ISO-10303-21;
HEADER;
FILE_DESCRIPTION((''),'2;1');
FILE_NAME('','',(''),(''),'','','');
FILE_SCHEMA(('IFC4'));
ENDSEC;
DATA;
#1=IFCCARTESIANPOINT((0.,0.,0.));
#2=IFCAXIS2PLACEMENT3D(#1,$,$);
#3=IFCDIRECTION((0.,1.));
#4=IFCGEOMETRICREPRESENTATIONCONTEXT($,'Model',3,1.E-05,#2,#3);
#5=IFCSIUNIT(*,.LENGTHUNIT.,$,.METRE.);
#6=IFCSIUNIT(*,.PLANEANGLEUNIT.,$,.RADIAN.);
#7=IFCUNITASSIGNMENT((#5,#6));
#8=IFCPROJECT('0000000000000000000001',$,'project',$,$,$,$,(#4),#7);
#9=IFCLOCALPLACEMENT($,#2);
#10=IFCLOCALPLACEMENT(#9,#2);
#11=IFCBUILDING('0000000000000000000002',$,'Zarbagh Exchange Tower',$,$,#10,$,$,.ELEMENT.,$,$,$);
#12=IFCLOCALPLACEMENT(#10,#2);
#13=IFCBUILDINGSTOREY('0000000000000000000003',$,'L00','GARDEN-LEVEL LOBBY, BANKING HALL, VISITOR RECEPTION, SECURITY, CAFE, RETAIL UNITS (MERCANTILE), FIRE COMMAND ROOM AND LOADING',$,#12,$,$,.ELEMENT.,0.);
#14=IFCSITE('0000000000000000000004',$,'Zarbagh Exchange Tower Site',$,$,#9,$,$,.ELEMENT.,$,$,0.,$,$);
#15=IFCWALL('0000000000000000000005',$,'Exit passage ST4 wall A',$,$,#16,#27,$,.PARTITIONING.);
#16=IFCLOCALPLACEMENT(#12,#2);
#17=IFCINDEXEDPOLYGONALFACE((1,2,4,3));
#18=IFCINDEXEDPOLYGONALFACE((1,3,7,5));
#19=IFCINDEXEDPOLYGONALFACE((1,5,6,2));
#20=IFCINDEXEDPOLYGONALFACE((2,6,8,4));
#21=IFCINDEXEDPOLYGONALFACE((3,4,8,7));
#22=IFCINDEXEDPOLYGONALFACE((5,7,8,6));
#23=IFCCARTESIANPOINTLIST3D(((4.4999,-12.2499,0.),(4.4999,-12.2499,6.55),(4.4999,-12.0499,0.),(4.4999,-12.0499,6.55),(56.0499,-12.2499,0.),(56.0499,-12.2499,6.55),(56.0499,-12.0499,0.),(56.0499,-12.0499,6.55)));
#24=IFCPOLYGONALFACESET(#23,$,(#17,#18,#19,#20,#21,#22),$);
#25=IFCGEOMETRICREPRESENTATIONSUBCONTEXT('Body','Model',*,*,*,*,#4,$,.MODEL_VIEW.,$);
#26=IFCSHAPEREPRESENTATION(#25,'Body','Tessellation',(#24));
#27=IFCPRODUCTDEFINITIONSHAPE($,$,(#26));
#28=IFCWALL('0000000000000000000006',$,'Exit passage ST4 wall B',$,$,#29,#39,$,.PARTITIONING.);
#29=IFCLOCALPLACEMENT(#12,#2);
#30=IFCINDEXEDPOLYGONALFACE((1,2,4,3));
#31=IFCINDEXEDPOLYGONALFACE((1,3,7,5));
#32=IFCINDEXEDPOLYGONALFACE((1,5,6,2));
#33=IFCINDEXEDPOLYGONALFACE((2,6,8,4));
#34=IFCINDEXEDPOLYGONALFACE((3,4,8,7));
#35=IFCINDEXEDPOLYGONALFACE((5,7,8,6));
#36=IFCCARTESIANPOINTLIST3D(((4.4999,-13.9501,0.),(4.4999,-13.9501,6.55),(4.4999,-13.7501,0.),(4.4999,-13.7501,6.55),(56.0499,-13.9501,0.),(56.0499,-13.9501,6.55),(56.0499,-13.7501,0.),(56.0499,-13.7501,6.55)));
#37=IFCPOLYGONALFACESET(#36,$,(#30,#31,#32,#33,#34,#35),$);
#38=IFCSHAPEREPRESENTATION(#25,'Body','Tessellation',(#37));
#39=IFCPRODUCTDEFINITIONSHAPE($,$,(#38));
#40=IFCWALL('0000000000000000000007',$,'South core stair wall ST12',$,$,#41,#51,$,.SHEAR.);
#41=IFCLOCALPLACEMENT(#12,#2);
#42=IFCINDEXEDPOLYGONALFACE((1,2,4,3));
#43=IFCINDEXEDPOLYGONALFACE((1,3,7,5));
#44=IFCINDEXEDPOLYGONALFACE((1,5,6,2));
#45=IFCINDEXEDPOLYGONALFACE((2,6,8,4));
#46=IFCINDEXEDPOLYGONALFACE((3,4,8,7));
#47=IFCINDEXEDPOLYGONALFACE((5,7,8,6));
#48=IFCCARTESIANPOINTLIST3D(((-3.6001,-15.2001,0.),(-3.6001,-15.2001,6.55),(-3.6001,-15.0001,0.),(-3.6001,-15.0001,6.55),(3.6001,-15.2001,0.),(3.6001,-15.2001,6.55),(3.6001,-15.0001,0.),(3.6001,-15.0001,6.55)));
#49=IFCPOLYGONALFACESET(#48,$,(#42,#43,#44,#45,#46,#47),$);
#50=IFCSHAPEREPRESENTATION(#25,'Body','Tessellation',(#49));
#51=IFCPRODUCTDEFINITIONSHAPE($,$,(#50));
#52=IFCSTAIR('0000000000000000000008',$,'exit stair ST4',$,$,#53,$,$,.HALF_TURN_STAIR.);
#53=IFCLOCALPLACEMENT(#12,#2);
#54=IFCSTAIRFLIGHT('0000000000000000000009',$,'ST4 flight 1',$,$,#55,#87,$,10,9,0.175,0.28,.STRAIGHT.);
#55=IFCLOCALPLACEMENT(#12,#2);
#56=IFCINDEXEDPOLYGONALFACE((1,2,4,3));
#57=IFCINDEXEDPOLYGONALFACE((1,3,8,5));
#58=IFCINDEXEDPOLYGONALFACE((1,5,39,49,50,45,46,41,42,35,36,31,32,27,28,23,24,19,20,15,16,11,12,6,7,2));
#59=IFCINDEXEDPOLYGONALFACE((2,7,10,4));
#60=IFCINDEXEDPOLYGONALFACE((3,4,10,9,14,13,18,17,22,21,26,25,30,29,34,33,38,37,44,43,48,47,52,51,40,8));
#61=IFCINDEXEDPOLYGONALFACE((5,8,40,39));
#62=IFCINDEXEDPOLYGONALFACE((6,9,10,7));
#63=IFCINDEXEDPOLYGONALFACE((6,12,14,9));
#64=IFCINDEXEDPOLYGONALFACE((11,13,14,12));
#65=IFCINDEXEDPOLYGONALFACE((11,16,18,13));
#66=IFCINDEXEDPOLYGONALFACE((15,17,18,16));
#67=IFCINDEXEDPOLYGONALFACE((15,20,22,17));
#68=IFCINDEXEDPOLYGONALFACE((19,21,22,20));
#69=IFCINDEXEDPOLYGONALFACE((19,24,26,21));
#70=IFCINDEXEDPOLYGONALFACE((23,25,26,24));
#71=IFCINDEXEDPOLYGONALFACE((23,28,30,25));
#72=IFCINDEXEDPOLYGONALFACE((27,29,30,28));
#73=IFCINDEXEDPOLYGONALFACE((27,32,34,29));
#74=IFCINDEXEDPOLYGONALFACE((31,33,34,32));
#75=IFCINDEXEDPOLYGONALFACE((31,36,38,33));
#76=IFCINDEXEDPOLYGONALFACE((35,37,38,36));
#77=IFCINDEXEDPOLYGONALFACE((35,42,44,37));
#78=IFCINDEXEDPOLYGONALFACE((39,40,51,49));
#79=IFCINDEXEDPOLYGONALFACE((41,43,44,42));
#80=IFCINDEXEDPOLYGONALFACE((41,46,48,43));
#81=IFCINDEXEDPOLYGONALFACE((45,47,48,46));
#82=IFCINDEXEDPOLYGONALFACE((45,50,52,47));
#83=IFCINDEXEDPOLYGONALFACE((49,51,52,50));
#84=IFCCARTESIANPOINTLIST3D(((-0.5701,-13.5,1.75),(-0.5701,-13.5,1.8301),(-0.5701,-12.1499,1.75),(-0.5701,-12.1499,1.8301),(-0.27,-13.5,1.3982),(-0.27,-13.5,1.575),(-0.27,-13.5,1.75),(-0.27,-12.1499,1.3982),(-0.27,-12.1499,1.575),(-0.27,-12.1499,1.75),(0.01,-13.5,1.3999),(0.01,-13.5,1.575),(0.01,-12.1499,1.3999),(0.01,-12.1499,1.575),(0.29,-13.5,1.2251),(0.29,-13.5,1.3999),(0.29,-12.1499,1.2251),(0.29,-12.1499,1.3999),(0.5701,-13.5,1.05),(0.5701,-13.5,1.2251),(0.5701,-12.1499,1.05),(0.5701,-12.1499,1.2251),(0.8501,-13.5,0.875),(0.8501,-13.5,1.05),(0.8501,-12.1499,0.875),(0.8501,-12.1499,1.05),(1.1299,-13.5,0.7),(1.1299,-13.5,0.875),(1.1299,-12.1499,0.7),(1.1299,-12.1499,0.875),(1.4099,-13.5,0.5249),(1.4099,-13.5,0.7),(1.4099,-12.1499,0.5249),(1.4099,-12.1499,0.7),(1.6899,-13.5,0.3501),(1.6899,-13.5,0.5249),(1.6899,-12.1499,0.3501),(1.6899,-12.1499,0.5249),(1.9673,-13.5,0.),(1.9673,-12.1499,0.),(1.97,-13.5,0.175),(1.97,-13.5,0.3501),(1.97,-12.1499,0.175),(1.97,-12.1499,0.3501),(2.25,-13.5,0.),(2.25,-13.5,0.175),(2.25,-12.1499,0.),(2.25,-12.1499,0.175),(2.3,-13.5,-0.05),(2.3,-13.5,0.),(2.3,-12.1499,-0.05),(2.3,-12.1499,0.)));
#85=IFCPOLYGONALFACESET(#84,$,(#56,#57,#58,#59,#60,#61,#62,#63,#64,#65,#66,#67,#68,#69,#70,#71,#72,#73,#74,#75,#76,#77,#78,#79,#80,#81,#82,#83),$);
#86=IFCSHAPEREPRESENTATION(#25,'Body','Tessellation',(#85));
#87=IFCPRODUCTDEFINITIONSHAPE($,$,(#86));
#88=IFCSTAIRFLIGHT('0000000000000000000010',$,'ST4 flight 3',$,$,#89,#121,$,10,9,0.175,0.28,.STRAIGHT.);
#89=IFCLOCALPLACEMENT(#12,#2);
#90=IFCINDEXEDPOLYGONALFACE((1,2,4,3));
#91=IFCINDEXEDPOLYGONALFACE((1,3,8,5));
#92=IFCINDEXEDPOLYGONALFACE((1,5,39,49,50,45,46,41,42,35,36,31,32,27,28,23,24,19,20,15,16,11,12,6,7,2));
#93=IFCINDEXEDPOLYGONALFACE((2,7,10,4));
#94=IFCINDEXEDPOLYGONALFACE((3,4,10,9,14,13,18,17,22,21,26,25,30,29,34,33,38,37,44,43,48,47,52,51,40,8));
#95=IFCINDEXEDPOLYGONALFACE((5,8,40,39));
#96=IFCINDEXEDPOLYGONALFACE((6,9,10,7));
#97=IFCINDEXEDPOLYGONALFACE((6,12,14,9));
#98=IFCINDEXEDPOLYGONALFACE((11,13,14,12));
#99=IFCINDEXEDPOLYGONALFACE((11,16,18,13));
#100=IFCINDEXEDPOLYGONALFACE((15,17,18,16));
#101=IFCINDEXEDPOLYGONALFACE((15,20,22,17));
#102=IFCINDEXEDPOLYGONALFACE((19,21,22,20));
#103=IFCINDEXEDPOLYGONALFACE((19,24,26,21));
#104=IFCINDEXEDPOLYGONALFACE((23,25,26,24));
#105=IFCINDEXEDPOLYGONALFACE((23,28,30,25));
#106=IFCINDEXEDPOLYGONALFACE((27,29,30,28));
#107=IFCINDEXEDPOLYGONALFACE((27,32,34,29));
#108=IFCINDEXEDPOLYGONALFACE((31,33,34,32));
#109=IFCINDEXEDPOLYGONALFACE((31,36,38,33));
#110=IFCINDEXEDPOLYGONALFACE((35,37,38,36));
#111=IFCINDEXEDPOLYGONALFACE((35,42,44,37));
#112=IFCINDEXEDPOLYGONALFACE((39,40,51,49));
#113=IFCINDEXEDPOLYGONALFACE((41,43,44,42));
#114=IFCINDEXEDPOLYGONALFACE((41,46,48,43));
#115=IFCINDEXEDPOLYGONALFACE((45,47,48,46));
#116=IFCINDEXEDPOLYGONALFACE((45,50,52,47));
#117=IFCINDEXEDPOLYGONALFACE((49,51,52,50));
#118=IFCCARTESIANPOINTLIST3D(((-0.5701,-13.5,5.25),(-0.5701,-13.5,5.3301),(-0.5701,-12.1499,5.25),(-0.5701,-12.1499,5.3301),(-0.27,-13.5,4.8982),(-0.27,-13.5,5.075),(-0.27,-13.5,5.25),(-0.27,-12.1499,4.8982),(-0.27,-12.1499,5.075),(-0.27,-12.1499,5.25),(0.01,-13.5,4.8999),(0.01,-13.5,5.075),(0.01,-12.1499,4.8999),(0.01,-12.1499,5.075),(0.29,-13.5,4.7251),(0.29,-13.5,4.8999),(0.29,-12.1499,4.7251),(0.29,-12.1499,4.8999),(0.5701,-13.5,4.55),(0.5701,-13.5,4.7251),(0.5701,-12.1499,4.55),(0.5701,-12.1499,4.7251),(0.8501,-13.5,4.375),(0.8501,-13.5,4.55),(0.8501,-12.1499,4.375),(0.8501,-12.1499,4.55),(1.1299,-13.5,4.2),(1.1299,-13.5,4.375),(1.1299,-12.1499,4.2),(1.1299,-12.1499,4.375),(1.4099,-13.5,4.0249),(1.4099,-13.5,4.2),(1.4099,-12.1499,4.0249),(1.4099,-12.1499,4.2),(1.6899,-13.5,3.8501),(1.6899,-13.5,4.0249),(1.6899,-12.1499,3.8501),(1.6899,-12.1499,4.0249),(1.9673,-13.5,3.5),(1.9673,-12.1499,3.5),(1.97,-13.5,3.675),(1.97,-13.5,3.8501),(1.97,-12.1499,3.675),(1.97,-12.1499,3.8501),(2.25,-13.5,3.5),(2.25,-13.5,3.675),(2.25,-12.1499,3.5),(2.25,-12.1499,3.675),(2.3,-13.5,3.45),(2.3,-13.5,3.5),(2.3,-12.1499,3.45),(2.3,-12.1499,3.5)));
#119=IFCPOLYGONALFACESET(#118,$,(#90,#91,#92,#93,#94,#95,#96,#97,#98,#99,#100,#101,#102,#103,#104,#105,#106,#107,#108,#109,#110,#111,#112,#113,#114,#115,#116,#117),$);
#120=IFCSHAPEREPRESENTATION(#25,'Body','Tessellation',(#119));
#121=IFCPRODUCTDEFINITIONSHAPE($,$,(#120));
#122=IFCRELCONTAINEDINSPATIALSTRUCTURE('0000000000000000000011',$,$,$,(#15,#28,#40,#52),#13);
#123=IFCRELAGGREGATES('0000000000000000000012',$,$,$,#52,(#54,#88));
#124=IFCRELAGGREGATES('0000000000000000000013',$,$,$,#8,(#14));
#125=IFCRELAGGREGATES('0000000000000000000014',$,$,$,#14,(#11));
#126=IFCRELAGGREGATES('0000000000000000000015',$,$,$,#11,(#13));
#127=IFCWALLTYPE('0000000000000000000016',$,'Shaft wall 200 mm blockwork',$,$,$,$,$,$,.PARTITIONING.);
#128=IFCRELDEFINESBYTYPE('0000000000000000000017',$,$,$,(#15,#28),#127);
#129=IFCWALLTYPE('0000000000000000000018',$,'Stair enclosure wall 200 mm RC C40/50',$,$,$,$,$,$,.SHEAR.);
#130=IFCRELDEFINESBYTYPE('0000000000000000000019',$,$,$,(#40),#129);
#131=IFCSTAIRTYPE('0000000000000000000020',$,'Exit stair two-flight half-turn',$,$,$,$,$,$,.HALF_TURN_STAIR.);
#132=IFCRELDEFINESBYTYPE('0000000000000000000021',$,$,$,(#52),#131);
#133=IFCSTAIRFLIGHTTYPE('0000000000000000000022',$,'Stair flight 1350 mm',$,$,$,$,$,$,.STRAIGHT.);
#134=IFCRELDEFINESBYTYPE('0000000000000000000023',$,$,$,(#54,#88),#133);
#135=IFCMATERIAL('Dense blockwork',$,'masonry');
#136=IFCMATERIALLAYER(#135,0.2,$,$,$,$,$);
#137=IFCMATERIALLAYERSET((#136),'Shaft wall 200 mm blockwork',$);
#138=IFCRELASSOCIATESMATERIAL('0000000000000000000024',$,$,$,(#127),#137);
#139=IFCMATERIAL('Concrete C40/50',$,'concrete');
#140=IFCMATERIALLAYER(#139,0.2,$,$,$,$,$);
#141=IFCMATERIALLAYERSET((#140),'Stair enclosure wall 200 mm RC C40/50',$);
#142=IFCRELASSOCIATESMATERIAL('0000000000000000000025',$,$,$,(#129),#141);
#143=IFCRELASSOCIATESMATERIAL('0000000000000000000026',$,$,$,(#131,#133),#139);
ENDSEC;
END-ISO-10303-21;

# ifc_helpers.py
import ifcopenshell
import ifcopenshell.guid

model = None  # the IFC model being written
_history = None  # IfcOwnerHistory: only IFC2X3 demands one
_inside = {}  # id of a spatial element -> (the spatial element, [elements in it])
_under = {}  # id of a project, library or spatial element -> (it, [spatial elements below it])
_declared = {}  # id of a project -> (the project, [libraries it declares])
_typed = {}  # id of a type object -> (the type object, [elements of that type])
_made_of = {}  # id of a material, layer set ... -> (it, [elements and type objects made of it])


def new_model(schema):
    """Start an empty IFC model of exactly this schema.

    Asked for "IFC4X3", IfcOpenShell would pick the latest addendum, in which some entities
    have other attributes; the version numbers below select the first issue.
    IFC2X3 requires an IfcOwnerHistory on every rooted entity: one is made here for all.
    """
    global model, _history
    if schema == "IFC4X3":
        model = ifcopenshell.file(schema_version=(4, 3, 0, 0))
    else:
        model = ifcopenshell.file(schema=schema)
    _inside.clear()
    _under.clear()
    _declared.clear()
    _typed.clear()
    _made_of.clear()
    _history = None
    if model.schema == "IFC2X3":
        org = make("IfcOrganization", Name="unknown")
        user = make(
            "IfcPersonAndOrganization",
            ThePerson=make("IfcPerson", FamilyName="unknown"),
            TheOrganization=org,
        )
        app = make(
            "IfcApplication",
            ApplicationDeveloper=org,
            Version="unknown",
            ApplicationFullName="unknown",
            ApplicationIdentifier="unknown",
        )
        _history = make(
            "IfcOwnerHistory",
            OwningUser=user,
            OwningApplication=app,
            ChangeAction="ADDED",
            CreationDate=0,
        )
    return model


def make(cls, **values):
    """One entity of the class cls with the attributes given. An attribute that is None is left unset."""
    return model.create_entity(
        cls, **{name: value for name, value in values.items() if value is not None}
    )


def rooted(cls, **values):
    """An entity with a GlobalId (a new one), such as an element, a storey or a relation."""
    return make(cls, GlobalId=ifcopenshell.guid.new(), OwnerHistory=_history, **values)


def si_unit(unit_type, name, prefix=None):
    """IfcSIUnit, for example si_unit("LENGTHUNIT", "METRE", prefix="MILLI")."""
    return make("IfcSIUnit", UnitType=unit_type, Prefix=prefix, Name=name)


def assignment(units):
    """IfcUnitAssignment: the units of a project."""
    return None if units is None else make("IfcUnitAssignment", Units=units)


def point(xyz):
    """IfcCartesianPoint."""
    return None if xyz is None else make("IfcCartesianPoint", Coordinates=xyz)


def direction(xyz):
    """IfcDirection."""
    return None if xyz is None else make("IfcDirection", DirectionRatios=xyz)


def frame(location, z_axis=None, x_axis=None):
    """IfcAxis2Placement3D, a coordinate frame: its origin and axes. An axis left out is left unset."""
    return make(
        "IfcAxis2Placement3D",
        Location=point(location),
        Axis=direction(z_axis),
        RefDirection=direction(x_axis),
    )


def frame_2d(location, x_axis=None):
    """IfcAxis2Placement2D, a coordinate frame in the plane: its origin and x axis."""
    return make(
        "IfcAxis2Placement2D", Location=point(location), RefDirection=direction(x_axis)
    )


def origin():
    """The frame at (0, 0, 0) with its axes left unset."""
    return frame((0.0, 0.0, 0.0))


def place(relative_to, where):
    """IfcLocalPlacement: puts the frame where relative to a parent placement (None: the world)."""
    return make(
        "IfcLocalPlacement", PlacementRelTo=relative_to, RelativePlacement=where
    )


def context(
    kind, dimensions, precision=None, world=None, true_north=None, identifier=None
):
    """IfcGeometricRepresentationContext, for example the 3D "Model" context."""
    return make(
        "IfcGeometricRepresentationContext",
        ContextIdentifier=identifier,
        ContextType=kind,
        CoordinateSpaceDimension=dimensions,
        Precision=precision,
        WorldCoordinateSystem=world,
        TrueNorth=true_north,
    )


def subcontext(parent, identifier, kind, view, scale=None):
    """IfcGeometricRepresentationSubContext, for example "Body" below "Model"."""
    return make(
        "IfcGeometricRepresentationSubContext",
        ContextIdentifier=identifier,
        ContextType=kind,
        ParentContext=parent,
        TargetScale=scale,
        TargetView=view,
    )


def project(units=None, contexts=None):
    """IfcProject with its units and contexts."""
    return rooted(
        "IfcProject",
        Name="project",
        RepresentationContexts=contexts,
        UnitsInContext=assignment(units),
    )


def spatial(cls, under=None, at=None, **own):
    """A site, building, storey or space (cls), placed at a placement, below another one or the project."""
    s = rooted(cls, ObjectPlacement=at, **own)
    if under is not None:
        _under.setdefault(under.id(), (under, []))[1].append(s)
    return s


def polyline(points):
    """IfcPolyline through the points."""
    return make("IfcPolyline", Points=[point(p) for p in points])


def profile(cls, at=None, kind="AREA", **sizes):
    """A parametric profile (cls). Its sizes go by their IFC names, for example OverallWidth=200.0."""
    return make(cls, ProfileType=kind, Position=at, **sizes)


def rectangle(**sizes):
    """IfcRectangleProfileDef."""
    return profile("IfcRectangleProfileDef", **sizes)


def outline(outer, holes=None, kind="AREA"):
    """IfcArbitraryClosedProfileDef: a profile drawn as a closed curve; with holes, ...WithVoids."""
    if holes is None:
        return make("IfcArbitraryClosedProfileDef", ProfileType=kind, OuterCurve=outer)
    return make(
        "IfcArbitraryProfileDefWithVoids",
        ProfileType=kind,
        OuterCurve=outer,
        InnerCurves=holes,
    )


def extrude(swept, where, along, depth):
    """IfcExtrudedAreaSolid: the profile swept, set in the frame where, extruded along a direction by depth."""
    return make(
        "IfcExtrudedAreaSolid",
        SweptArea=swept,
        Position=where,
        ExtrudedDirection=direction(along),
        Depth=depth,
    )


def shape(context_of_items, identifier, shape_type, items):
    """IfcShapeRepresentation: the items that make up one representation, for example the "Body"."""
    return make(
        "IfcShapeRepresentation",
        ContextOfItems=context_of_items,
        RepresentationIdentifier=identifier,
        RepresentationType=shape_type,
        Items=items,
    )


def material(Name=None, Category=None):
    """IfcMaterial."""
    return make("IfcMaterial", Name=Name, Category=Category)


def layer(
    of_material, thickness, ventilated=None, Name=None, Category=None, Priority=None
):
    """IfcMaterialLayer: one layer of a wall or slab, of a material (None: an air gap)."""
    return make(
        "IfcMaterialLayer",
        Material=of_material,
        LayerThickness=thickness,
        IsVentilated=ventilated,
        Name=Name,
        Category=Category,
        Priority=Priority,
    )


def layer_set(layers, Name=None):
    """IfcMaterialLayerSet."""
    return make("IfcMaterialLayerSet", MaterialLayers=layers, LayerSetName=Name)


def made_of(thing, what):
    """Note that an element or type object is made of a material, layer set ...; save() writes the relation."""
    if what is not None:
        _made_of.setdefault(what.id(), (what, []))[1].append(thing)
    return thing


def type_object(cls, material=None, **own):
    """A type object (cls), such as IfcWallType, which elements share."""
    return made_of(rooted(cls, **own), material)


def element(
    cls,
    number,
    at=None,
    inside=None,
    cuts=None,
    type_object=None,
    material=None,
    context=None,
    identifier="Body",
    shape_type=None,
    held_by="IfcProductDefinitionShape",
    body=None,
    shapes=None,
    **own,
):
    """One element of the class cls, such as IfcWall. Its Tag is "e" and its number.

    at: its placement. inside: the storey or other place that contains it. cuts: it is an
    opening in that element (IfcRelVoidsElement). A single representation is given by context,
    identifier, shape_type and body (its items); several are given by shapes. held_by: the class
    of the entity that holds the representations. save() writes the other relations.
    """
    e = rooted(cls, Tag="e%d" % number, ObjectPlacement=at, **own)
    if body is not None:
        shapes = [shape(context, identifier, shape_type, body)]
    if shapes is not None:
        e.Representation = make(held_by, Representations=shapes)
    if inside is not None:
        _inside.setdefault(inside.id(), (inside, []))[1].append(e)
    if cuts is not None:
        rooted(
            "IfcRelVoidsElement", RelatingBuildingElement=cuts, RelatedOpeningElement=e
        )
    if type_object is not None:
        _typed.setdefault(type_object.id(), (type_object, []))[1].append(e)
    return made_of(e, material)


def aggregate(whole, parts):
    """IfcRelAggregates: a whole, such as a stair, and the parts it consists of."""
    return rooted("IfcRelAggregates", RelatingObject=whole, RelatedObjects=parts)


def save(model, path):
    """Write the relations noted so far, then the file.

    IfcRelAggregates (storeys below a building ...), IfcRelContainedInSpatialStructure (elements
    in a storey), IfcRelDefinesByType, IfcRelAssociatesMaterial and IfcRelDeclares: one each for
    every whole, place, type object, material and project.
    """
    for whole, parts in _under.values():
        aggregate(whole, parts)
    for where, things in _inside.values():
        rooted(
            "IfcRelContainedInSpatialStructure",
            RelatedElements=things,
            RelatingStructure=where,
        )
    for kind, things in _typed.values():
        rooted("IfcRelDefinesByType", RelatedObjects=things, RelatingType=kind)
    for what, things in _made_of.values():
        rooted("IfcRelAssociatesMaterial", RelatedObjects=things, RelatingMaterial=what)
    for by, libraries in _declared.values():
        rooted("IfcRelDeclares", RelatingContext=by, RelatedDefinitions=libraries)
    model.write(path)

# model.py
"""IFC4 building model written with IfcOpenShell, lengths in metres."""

from ifc_helpers import new_model, si_unit, direction, frame, frame_2d, origin, place, context, subcontext, project, spatial, polyline, rectangle, outline, extrude, material, layer, layer_set, type_object, element, aggregate, save


model = new_model("IFC4")

# Units and contexts
model_context = context("Model", 3, precision=1e-05, world=origin(), true_north=direction((0.0, 1.0)))
body_context = subcontext(model_context, "Body", "Model", "MODEL_VIEW")
ifc_project = project(units=[si_unit("LENGTHUNIT", "METRE"), si_unit("PLANEANGLEUNIT", "RADIAN")], contexts=[model_context])

# Site, building, storey
site_placement = place(None, origin())
site = spatial("IfcSite", under=ifc_project, at=site_placement, Name="Zarbagh Exchange Tower Site", CompositionType="ELEMENT", RefElevation=0.0)
building_placement = place(site_placement, origin())
building = spatial("IfcBuilding", under=site, at=building_placement, Name="Zarbagh Exchange Tower", CompositionType="ELEMENT")
storey_placement = place(building_placement, origin())
storey = spatial("IfcBuildingStorey", under=building, at=storey_placement, Name="L00", Description="GARDEN-LEVEL LOBBY, BANKING HALL, VISITOR RECEPTION, SECURITY, CAFE, RETAIL UNITS (MERCANTILE), FIRE COMMAND ROOM AND LOADING", CompositionType="ELEMENT", Elevation=0.0)

# Walls
ifc_material_1 = material(Name="Dense blockwork", Category="masonry")
ifc_layer_1 = layer(ifc_material_1, 0.2)
ifc_layer_set_1 = layer_set([ifc_layer_1], Name="Shaft wall 200 mm blockwork")
wall_type_1 = type_object("IfcWallType", Name="Shaft wall 200 mm blockwork", PredefinedType="PARTITIONING", material=ifc_layer_set_1)
for number, where, z_axis, x_axis, name in (
    (1, (4.5, -12.1499, 0.0), (0.0, 0.0, 1.0), (1.0, 0.0, 0.0), "Exit passage ST4 wall A"),
    (2, (4.5, -13.8501, 0.0), (0.0, 0.0, 1.0), (1.0, 0.0, 0.0), "Exit passage ST4 wall B"),
):
    element("IfcWall", number, at=place(storey_placement, frame(where, z_axis=z_axis, x_axis=x_axis)), inside=storey, type_object=wall_type_1, Name=name, PredefinedType="PARTITIONING", context=body_context, shape_type="SweptSolid", body=[
        extrude(rectangle(XDim=51.55, YDim=0.2, at=frame_2d((25.7749, 0.0))), origin(), (0.0, 0.0, 1.0), 6.55),
    ])
ifc_material_2 = material(Name="Concrete C40/50", Category="concrete")
ifc_layer_2 = layer(ifc_material_2, 0.2)
ifc_layer_set_2 = layer_set([ifc_layer_2], Name="Stair enclosure wall 200 mm RC C40/50")
wall_type_2 = type_object("IfcWallType", Name="Stair enclosure wall 200 mm RC C40/50", PredefinedType="SHEAR", material=ifc_layer_set_2)
wall_1_placement = place(storey_placement, frame((3.6001, -15.1001, 0.0), z_axis=(0.0, 0.0, 1.0), x_axis=(-1.0, 0.0, 0.0)))
element("IfcWall", 3, at=wall_1_placement, inside=storey, type_object=wall_type_2, Name="South core stair wall ST12", PredefinedType="SHEAR", context=body_context, shape_type="SweptSolid", body=[
    extrude(rectangle(XDim=7.2002, YDim=0.2, at=frame_2d((3.6001, 0.0))), origin(), (0.0, 0.0, 1.0), 6.55),
])

# Stair, stair flights
stair_type = type_object("IfcStairType", Name="Exit stair two-flight half-turn", PredefinedType="HALF_TURN_STAIR", material=ifc_material_2)
stair_placement = place(storey_placement, origin())
stair = element("IfcStair", 4, at=stair_placement, inside=storey, type_object=stair_type, Name="exit stair ST4", PredefinedType="HALF_TURN_STAIR")
stair_flight_type = type_object("IfcStairFlightType", Name="Stair flight 1350 mm", PredefinedType="STRAIGHT", material=ifc_material_2)
stair_flight_1_placement = place(storey_placement, frame((2.25, -12.825, 0.0), z_axis=(0.0, 0.0, 1.0), x_axis=(-1.0, 0.0, 0.0)))
stair_flight_1 = element("IfcStairFlight", 5, at=stair_flight_1_placement, type_object=stair_flight_type, Name="ST4 flight 1", NumberOfRisers=10, NumberOfTreads=9, PredefinedType="STRAIGHT", RiserHeight=0.175, TreadLength=0.28, context=body_context, shape_type="SweptSolid", body=[
    extrude(outline(polyline([(-0.05, -0.05), (-0.05, 0.0), (0.0, 0.0), (0.0, 0.175), (0.28, 0.175), (0.28, 0.3501), (0.5601, 0.3501), (0.5601, 0.5249), (0.8401, 0.5249), (0.8401, 0.7), (1.1201, 0.7), (1.1201, 0.875), (1.3999, 0.875), (1.3999, 1.05), (1.6799, 1.05), (1.6799, 1.2251), (1.96, 1.2251), (1.96, 1.3999), (2.24, 1.3999), (2.24, 1.575), (2.52, 1.575), (2.52, 1.75), (2.8201, 1.8301), (2.8201, 1.75), (2.52, 1.3982), (0.2827, 0.0), (-0.05, -0.05)])), frame((0.0, 0.675, 0.0), z_axis=(0.0, -1.0, 0.0), x_axis=(1.0, 0.0, 0.0)), (0.0, 0.0, 1.0), 1.3501),
])
stair_flight_2_placement = place(storey_placement, frame((2.25, -12.825, 3.5), z_axis=(0.0, 0.0, 1.0), x_axis=(-1.0, 0.0, 0.0)))
stair_flight_2 = element("IfcStairFlight", 6, at=stair_flight_2_placement, type_object=stair_flight_type, Name="ST4 flight 3", NumberOfRisers=10, NumberOfTreads=9, PredefinedType="STRAIGHT", RiserHeight=0.175, TreadLength=0.28, context=body_context, shape_type="SweptSolid", body=[
    extrude(outline(polyline([(-0.05, -0.05), (-0.05, 0.0), (0.0, 0.0), (0.0, 0.175), (0.28, 0.175), (0.28, 0.3501), (0.5601, 0.3501), (0.5601, 0.5249), (0.8401, 0.5249), (0.8401, 0.7), (1.1201, 0.7), (1.1201, 0.875), (1.3999, 0.875), (1.3999, 1.05), (1.6799, 1.05), (1.6799, 1.2251), (1.96, 1.2251), (1.96, 1.3999), (2.24, 1.3999), (2.24, 1.575), (2.52, 1.575), (2.52, 1.75), (2.8201, 1.8301), (2.8201, 1.75), (2.52, 1.3982), (0.2827, 0.0), (-0.05, -0.05)])), frame((0.0, 0.675, 0.0), z_axis=(0.0, -1.0, 0.0), x_axis=(1.0, 0.0, 0.0)), (0.0, 0.0, 1.0), 1.3501),
])
aggregate(stair, [stair_flight_1, stair_flight_2])

save(model, "model.ifc")
